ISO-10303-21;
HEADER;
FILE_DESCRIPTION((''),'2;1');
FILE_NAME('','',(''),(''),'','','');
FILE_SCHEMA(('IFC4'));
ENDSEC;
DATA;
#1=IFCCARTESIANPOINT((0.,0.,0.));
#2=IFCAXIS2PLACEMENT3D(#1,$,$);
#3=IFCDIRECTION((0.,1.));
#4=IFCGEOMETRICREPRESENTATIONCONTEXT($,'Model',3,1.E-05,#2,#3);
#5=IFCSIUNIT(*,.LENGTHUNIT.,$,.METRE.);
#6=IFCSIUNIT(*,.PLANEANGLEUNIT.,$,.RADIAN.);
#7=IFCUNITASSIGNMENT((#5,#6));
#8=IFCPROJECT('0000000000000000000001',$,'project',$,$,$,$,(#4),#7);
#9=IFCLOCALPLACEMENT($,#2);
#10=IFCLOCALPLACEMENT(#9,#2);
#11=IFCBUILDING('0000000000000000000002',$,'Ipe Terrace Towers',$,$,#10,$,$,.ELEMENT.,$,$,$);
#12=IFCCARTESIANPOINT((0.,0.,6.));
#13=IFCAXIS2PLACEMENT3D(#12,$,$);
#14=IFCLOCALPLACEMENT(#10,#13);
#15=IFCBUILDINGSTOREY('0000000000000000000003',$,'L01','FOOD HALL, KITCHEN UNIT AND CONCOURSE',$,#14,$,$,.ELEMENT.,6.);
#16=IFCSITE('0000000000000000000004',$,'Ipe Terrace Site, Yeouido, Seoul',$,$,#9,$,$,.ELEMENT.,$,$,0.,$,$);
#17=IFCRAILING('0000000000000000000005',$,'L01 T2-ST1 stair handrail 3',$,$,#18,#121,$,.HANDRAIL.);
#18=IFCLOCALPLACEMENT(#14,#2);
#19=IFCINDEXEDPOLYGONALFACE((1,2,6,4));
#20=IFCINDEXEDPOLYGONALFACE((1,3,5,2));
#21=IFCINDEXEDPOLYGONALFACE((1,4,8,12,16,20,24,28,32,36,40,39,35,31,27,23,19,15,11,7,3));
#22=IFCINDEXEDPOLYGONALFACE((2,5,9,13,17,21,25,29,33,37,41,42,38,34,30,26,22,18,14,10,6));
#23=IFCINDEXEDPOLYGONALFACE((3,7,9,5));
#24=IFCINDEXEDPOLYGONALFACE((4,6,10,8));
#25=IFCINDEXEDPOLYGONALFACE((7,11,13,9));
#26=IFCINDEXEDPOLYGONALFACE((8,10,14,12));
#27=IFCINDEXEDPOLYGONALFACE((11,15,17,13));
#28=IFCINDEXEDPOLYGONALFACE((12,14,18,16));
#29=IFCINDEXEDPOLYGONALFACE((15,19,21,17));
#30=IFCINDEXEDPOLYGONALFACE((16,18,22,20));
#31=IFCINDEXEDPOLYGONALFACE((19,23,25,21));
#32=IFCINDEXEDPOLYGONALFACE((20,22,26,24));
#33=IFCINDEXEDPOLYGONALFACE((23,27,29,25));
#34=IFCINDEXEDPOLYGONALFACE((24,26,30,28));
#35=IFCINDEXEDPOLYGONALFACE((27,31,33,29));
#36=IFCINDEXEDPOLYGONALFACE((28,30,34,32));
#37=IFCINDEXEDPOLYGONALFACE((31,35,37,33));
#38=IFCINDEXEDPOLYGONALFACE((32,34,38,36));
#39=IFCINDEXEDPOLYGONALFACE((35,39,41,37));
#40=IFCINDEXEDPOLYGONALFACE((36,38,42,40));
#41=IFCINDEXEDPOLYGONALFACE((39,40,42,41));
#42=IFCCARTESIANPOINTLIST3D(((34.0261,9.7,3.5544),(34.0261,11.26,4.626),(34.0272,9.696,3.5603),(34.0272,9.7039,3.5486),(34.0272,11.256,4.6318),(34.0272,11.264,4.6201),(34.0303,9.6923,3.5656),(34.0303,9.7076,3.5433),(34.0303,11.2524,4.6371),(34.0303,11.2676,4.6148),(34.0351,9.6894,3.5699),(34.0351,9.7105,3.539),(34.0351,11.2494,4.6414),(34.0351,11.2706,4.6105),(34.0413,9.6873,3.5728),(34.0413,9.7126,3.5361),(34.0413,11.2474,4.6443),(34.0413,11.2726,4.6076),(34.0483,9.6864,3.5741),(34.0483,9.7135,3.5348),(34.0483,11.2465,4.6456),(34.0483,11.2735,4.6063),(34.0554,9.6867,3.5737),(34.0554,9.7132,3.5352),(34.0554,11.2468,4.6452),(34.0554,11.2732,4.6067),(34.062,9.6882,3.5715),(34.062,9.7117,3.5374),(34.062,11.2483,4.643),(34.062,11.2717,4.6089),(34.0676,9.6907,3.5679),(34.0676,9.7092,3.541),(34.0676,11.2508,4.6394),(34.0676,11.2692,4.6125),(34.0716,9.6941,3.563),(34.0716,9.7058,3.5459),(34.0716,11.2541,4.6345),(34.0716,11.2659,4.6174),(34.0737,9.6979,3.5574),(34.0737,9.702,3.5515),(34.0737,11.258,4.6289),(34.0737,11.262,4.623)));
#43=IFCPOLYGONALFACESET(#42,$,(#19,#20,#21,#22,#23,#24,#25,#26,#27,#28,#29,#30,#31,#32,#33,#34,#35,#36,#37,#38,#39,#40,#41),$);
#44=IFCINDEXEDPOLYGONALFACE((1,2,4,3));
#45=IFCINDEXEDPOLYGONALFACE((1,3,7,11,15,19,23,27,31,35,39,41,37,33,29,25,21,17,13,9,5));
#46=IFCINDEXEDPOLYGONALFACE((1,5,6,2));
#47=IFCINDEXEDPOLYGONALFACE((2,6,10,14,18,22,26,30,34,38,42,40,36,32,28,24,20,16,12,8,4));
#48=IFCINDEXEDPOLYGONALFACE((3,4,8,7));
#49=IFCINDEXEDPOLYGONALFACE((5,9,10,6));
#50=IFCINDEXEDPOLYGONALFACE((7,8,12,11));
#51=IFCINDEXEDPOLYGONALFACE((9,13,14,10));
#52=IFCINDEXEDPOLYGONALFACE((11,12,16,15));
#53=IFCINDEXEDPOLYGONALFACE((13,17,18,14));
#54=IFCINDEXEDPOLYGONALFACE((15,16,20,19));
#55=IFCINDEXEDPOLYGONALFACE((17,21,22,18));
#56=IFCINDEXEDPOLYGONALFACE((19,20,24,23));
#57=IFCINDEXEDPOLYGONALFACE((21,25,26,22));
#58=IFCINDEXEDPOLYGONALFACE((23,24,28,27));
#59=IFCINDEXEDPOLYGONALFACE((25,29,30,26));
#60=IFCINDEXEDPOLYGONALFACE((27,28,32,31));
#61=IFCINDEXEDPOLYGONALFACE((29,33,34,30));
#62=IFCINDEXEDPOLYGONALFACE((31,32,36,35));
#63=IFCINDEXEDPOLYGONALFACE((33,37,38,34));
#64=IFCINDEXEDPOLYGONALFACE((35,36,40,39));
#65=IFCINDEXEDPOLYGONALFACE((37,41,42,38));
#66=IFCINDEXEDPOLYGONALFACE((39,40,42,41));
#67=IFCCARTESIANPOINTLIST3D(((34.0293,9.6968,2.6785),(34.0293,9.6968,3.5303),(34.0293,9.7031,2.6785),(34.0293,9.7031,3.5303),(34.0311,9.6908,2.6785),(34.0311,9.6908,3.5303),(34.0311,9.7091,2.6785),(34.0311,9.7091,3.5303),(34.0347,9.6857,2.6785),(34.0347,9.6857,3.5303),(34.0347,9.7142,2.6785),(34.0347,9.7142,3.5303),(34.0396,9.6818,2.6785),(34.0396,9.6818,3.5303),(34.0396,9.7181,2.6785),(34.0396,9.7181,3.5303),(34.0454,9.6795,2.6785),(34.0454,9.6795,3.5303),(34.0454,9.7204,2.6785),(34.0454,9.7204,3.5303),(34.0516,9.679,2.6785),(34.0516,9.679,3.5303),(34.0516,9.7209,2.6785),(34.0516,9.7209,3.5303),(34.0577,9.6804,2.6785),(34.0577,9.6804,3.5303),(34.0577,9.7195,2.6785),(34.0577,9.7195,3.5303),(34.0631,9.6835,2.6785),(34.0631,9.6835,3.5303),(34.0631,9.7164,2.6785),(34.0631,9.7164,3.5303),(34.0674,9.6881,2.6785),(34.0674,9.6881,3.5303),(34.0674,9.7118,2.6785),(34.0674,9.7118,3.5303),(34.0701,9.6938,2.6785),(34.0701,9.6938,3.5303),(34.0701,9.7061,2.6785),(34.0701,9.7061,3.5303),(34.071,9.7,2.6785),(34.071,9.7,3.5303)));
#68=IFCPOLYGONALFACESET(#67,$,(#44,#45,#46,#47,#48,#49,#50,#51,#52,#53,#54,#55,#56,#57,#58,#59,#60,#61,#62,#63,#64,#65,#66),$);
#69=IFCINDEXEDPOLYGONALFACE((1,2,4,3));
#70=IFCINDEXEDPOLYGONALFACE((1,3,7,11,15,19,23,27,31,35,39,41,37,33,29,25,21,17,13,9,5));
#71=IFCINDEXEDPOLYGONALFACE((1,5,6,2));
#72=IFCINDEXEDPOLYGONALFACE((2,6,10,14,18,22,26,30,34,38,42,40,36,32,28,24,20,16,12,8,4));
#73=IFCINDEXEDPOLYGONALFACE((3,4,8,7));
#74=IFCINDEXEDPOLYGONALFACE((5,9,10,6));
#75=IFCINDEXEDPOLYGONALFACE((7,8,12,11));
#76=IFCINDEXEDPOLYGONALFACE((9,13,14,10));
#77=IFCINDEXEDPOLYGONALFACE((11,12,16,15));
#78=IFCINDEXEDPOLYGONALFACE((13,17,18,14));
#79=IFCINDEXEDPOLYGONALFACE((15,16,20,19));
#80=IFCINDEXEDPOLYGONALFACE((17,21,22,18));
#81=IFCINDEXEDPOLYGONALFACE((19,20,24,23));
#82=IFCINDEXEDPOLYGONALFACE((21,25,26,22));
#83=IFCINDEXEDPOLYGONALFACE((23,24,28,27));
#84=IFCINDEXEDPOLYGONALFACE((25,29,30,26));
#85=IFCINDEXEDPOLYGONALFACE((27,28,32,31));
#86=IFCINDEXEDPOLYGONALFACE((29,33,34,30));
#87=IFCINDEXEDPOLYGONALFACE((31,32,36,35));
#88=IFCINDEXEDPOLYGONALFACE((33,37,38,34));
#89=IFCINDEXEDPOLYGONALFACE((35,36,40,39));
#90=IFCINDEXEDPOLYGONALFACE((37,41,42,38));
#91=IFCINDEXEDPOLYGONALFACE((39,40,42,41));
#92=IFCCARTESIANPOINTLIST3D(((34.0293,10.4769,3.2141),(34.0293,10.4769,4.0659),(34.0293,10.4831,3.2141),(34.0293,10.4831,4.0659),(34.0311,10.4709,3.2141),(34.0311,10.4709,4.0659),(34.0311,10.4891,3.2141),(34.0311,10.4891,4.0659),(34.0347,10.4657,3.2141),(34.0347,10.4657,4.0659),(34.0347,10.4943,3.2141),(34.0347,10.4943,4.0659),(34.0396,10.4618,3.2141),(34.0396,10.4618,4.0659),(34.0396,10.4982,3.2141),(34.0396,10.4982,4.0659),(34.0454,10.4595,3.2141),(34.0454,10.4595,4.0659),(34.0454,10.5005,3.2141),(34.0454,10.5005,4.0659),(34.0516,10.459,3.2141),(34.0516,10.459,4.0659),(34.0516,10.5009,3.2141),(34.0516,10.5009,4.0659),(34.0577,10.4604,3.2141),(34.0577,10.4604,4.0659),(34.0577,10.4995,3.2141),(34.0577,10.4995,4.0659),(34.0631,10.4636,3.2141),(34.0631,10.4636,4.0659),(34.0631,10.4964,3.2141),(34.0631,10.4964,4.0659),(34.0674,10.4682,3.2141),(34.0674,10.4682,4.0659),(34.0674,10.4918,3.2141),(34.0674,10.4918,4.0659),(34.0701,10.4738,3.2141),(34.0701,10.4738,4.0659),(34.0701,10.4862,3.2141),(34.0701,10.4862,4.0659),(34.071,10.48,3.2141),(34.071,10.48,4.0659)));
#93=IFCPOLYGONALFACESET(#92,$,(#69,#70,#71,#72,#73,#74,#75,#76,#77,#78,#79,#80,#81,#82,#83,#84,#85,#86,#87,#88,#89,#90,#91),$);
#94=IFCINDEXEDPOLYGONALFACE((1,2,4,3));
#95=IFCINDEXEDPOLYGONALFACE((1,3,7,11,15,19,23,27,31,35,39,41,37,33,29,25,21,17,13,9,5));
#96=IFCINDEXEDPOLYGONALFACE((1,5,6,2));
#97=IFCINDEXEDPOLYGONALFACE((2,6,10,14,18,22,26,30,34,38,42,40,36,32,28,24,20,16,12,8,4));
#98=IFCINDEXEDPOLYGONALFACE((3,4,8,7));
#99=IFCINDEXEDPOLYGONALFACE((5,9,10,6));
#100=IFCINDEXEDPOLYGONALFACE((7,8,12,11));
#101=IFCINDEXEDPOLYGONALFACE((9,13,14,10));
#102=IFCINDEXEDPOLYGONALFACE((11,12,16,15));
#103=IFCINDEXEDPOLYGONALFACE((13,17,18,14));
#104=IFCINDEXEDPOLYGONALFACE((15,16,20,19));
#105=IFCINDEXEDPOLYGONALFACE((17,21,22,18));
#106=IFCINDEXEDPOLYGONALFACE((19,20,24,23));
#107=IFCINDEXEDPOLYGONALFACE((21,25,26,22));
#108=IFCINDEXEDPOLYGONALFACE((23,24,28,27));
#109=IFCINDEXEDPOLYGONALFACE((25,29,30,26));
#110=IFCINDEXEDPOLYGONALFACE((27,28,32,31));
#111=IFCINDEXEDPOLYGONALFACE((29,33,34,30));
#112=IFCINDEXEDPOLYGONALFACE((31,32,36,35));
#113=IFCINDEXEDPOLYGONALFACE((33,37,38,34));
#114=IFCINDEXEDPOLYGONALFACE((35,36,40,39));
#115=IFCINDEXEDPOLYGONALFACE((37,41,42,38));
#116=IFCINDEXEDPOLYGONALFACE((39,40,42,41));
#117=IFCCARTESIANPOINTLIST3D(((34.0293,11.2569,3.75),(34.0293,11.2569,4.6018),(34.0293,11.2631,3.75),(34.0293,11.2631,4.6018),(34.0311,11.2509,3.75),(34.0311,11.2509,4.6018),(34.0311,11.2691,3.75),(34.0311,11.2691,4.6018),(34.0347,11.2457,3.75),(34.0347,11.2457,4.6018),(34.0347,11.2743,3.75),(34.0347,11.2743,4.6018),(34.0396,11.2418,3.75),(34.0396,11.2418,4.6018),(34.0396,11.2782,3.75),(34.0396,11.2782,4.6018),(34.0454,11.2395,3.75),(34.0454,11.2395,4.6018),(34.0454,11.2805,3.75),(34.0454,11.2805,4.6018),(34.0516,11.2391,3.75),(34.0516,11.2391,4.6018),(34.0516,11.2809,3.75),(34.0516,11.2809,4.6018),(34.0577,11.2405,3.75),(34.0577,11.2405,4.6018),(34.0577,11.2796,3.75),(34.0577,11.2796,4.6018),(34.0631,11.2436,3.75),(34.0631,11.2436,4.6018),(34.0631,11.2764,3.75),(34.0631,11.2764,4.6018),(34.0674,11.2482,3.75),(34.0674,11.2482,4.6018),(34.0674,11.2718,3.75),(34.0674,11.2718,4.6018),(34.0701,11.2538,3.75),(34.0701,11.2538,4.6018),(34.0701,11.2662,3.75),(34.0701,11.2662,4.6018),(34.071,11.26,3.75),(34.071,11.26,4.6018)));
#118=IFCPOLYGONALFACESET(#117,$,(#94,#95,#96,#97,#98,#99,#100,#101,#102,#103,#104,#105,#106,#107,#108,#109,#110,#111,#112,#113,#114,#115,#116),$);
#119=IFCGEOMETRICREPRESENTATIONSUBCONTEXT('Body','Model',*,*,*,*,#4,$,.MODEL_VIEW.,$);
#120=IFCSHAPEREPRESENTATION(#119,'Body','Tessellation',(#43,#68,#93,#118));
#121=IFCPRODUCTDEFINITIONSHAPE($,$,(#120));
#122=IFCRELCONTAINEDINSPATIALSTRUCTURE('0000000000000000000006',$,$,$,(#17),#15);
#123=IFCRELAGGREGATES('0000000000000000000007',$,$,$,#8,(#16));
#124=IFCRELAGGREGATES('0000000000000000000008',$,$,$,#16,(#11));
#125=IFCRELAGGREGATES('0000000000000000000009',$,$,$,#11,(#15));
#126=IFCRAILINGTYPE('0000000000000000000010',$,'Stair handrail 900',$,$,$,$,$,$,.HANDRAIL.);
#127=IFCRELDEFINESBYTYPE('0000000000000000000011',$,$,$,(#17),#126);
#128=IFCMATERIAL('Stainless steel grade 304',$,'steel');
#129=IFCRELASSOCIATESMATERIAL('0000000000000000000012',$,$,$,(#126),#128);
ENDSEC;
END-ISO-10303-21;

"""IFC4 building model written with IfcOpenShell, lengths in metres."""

from ifc_helpers import new_model, si_unit, direction, frame, origin, origin_2d, place, context, subcontext, project, spatial, circle, extrude, material, type_object, element, save


model = new_model("IFC4")

# Units and contexts
model_context = context("Model", 3, precision=1e-05, world=origin(), true_north=direction((0.0, 1.0)))
body_context = subcontext(model_context, "Body", "Model", "MODEL_VIEW")
ifc_project = project(units=[si_unit("LENGTHUNIT", "METRE"), si_unit("PLANEANGLEUNIT", "RADIAN")], contexts=[model_context])

# Site, building, storey
site_placement = place(None, origin())
site = spatial("IfcSite", under=ifc_project, at=site_placement, Name="Ipe Terrace Site, Yeouido, Seoul", CompositionType="ELEMENT", RefElevation=0.0)
building_placement = place(site_placement, origin())
building = spatial("IfcBuilding", under=site, at=building_placement, Name="Ipe Terrace Towers", CompositionType="ELEMENT")
storey_placement = place(building_placement, frame((0.0, 0.0, 6.0)))
storey = spatial("IfcBuildingStorey", under=building, at=storey_placement, Name="L01", Description="FOOD HALL, KITCHEN UNIT AND CONCOURSE", CompositionType="ELEMENT", Elevation=6.0)

# Railing
ifc_material_1 = material(Name="Stainless steel grade 304", Category="steel")
railing_type_1 = type_object("IfcRailingType", Name="Stair handrail 900", PredefinedType="HANDRAIL", material=ifc_material_1)
railing_1_placement = place(storey_placement, frame((34.05, 9.7, 2.6785)))
element("IfcRailing", 1, at=railing_1_placement, inside=storey, type_object=railing_type_1, Name="L01 T2-ST1 stair handrail 3", PredefinedType="HANDRAIL", context=body_context, shape_type="SweptSolid", body=[
    extrude(circle(Radius=0.0239, at=origin_2d()), frame((0.0, 0.0, 0.876), z_axis=(0.0, 0.82429, 0.566167), x_axis=(-1.0, 0.0, 0.0)), (0.0, 0.0, 1.0), 1.8926),
    extrude(circle(Radius=0.021, at=origin_2d()), origin(), (0.0, 0.0, 1.0), 0.8518),
    extrude(circle(Radius=0.021, at=origin_2d()), frame((0.0, 0.78, 0.5356)), (0.0, 0.0, 1.0), 0.8518),
    extrude(circle(Radius=0.021, at=origin_2d()), frame((0.0, 1.5601, 1.0715)), (0.0, 0.0, 1.0), 0.8518),
])

save(model, "model.ifc")
